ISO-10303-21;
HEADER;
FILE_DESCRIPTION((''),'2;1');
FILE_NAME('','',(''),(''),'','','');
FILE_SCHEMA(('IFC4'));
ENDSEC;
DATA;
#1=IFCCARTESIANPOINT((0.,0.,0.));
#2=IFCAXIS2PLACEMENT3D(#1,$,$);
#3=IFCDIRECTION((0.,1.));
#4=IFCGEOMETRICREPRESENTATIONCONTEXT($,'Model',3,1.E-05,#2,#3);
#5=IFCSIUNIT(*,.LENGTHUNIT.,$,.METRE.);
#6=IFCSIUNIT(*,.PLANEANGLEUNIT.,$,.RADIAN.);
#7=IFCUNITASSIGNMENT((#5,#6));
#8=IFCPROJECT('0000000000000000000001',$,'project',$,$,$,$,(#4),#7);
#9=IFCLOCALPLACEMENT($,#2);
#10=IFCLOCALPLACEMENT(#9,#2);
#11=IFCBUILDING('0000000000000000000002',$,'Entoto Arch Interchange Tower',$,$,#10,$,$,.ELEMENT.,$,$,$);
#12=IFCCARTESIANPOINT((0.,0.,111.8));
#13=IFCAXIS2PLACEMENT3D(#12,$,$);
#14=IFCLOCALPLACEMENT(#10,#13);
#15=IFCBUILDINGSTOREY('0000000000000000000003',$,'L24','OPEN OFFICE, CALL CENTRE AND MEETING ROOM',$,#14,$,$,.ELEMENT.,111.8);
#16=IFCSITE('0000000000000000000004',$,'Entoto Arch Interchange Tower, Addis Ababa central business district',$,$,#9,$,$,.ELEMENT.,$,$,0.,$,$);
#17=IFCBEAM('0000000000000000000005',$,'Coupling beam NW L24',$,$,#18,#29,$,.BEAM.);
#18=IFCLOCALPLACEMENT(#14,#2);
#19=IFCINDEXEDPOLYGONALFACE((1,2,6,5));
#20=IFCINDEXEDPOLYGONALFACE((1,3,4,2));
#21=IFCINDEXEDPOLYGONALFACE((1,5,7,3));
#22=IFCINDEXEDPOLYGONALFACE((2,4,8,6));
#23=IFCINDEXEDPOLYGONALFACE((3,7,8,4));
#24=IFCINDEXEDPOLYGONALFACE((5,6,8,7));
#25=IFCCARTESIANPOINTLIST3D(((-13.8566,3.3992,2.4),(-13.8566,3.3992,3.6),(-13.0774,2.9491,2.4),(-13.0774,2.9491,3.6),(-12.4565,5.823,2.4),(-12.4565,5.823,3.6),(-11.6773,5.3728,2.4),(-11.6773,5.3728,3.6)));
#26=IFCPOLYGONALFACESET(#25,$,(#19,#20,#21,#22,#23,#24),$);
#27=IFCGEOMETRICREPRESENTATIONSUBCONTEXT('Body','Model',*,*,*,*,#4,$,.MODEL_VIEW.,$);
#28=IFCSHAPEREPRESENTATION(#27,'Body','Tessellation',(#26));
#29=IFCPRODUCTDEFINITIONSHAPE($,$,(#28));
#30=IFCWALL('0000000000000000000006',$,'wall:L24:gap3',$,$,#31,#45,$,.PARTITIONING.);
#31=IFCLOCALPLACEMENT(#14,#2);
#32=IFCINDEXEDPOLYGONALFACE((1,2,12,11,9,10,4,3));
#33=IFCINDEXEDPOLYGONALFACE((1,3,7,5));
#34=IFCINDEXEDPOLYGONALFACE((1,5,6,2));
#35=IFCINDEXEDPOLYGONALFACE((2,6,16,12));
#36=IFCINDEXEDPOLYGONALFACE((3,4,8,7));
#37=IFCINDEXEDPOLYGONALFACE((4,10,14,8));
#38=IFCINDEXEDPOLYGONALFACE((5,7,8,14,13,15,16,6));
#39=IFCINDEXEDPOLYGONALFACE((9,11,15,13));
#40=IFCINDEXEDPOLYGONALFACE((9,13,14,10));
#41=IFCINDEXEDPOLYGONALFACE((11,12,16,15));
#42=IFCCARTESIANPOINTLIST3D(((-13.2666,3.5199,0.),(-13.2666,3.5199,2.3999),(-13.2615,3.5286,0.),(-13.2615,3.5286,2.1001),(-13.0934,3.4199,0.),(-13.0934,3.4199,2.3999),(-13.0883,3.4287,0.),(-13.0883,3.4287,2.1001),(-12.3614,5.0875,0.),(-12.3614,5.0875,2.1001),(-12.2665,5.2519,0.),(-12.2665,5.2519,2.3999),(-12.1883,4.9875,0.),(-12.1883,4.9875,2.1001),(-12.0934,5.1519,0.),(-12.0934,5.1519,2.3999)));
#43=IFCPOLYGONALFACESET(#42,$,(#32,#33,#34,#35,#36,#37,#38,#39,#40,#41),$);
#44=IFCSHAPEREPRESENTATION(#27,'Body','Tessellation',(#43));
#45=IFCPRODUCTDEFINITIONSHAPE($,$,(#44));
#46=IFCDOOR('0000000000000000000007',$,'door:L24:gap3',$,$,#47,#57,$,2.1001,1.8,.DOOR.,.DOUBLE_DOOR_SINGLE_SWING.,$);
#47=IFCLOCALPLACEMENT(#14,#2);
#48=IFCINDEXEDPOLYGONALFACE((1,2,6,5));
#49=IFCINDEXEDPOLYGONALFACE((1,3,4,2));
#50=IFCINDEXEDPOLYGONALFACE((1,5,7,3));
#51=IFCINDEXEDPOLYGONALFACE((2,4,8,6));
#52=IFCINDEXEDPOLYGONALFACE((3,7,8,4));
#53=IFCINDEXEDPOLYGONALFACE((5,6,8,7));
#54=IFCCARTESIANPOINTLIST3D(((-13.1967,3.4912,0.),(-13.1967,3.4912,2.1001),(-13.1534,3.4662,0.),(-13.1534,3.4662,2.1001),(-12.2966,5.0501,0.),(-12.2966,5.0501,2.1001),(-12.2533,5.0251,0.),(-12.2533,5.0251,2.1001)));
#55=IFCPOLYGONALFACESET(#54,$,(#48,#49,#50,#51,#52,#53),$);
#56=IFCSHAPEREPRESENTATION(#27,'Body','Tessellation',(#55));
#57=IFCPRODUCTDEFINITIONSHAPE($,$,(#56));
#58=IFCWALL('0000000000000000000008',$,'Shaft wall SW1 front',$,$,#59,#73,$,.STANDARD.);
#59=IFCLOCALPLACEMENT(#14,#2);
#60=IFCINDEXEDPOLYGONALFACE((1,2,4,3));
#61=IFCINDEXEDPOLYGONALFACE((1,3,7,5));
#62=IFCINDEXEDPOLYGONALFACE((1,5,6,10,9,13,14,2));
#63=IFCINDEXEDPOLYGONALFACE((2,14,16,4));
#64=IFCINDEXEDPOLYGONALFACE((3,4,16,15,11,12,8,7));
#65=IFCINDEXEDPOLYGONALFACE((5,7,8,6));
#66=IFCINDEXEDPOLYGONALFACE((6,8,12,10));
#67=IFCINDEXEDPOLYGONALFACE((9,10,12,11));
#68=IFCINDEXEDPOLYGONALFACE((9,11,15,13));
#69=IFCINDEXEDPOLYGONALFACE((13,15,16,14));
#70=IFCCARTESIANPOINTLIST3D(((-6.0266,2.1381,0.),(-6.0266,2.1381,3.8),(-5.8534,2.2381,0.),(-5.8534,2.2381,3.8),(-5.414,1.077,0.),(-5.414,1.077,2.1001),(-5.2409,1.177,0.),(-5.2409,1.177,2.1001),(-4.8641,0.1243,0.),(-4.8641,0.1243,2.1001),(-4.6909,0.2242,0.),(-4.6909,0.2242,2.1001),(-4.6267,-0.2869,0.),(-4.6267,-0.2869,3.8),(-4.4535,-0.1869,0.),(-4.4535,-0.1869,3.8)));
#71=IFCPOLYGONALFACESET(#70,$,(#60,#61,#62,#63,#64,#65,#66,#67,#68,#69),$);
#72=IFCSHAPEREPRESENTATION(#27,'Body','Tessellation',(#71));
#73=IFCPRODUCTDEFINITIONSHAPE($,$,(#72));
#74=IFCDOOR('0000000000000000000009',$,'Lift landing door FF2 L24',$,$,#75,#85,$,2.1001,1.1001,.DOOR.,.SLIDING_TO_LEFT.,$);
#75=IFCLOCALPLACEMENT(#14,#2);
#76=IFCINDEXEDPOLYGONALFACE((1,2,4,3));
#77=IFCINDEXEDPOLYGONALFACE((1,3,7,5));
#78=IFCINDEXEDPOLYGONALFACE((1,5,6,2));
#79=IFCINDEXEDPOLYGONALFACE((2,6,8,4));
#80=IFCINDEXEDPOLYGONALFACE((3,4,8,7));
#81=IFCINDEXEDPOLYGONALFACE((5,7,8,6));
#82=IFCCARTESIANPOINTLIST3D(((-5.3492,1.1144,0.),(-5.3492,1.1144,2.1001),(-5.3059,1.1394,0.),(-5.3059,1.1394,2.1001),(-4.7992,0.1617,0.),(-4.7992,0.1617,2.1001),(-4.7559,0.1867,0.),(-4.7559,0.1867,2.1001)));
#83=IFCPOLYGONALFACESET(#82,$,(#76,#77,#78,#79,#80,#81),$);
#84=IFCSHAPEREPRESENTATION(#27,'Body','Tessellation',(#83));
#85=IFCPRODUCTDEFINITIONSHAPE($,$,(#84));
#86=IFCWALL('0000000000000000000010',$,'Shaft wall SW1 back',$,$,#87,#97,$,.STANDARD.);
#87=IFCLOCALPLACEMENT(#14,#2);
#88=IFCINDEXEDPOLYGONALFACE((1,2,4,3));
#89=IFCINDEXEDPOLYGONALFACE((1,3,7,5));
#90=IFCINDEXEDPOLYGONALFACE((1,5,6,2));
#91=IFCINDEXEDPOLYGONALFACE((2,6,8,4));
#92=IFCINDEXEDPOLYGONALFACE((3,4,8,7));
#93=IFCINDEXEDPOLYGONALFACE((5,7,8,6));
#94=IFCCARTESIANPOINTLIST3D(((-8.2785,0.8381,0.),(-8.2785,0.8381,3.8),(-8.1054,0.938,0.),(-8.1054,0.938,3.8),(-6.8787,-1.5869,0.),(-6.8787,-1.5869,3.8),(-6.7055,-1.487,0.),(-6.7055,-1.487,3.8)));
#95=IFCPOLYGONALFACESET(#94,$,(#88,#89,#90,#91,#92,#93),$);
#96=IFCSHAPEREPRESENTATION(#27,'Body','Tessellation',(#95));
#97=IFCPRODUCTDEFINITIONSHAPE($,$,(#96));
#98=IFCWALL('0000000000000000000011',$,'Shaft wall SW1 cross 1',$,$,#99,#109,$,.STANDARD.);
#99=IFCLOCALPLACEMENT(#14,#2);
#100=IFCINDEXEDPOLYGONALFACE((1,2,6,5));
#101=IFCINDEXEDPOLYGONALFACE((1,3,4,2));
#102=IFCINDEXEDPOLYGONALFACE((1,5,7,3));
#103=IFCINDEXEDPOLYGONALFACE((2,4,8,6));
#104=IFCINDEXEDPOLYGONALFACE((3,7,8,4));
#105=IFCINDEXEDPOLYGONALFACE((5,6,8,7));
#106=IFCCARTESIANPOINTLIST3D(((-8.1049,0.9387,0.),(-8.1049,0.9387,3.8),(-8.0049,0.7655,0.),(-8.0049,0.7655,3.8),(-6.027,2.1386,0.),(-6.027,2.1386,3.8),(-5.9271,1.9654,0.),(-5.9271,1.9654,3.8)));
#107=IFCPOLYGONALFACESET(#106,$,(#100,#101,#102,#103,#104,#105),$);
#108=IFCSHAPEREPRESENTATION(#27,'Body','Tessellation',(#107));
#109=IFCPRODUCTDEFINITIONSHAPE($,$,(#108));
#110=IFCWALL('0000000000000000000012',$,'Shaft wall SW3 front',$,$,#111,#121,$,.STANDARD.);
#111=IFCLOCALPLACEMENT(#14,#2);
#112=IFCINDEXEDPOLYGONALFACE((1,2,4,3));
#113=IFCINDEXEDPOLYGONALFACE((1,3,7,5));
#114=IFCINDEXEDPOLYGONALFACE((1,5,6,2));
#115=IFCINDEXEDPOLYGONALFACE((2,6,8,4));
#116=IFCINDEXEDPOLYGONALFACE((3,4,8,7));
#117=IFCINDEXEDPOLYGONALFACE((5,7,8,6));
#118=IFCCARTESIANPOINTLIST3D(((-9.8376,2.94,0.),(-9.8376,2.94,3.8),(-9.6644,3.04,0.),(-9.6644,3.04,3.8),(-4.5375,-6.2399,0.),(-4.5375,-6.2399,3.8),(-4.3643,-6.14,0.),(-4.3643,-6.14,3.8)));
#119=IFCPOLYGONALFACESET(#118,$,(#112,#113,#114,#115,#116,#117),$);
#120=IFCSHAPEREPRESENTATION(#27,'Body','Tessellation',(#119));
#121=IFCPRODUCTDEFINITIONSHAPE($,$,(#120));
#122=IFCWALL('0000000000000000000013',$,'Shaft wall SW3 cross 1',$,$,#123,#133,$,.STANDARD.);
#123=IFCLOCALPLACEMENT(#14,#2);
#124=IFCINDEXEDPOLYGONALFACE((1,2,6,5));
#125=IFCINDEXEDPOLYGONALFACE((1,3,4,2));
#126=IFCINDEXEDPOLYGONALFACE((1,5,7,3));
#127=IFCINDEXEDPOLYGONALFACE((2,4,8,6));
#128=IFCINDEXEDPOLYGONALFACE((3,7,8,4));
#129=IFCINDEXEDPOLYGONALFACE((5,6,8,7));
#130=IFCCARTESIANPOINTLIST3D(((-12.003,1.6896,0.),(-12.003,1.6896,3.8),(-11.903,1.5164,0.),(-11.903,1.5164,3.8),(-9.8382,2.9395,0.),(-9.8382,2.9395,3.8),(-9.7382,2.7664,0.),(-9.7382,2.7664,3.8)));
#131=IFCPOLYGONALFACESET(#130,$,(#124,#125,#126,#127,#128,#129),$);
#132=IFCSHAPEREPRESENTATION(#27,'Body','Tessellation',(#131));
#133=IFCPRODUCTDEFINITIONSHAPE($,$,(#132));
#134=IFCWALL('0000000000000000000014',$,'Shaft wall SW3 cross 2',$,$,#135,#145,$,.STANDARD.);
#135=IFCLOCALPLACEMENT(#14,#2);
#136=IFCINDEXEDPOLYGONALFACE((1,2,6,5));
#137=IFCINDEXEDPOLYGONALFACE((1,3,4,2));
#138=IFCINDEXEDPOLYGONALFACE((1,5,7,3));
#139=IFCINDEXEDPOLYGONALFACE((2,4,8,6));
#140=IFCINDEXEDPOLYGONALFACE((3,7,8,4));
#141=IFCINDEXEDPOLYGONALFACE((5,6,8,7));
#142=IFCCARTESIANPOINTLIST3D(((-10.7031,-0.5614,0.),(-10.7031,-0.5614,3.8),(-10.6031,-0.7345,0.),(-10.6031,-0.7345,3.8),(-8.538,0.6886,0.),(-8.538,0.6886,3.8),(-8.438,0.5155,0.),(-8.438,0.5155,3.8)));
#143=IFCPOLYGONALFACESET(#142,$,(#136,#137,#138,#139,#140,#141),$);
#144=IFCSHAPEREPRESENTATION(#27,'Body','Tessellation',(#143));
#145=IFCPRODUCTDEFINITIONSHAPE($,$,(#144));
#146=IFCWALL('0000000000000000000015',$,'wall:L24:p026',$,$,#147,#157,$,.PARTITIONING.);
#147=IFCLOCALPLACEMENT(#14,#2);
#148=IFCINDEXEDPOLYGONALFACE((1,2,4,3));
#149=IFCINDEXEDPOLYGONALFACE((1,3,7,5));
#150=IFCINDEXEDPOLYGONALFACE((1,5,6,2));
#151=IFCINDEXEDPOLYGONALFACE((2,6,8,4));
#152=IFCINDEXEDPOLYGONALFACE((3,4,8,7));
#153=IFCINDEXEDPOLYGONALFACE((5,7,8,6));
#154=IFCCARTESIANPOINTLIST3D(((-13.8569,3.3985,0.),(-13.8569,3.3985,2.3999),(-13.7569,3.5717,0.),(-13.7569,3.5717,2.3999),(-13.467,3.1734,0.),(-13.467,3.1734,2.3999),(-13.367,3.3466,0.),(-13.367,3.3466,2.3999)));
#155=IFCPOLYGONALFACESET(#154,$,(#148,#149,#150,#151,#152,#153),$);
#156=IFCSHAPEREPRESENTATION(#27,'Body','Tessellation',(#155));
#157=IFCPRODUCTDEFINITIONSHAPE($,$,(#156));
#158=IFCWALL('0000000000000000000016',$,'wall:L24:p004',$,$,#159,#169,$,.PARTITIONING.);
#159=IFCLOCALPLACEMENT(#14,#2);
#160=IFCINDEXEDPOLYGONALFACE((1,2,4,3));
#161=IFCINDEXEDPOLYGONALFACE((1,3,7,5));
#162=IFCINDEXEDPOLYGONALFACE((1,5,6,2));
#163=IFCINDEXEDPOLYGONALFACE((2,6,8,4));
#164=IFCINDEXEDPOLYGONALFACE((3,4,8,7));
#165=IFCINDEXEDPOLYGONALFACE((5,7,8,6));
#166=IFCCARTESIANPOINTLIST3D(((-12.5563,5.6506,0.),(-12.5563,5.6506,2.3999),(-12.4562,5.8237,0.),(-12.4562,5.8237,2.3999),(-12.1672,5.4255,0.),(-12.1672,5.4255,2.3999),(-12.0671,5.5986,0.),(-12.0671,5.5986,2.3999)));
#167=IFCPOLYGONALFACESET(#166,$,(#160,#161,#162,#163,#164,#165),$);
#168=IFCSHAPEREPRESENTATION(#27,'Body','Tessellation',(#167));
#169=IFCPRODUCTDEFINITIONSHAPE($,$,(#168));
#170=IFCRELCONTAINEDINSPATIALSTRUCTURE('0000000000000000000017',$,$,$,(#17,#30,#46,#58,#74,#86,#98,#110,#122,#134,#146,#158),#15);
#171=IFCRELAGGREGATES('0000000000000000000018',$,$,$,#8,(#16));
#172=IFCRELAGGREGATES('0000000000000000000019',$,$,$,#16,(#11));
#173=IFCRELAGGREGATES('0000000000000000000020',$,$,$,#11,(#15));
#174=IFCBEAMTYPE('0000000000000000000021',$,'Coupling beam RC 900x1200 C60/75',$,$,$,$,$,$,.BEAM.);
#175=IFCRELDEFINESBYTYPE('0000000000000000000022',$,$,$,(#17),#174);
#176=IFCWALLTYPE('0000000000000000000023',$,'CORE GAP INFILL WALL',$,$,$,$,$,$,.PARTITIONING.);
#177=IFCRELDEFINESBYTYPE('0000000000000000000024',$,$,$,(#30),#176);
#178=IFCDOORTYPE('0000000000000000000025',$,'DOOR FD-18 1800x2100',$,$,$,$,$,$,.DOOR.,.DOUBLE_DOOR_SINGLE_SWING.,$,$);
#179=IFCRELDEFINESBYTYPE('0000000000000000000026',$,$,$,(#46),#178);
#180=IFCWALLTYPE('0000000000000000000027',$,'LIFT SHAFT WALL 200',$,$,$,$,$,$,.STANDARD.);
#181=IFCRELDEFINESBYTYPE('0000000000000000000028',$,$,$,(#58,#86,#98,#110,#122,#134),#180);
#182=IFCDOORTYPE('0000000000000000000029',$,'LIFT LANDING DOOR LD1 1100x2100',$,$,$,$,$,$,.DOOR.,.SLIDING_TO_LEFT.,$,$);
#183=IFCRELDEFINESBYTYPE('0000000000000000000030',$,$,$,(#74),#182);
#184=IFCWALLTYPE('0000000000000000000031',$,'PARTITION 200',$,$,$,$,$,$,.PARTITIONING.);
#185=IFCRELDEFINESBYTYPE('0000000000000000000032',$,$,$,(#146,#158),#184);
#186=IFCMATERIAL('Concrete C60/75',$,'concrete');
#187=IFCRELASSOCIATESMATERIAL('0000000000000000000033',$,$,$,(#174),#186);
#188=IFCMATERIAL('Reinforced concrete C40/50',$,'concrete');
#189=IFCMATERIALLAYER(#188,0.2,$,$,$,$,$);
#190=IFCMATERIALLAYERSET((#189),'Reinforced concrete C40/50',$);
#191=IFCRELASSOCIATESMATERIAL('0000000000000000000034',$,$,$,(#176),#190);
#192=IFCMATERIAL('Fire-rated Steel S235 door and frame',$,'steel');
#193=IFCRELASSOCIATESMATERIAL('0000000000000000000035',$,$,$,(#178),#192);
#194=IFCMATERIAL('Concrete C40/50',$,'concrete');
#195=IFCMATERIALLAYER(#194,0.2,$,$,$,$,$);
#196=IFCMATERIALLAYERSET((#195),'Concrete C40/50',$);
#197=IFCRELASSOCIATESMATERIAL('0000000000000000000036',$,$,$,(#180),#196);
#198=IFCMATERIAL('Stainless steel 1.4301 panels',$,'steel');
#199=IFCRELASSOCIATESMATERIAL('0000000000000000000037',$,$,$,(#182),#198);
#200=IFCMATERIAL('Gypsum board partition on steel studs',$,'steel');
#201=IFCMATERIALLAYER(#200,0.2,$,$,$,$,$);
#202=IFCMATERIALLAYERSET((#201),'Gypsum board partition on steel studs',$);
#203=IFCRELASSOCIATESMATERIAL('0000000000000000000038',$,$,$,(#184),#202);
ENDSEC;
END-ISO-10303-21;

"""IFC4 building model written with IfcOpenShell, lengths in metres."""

from ifc_helpers import new_model, si_unit, direction, frame, frame_2d, origin, origin_2d, place, context, subcontext, project, spatial, rectangle, extrude, material, layer, layer_set, material_profile, profile_set, type_object, element, fill, save


model = new_model("IFC4")

# Units and contexts
model_context = context("Model", 3, precision=1e-05, world=origin(), true_north=direction((0.0, 1.0)))
body_context = subcontext(model_context, "Body", "Model", "MODEL_VIEW")
ifc_project = project(units=[si_unit("LENGTHUNIT", "METRE"), si_unit("PLANEANGLEUNIT", "RADIAN")], contexts=[model_context])

# Site, building, storey
site_placement = place(None, origin())
site = spatial("IfcSite", under=ifc_project, at=site_placement, Name="Entoto Arch Interchange Tower, Addis Ababa central business district", CompositionType="ELEMENT", RefElevation=0.0)
building_placement = place(site_placement, origin())
building = spatial("IfcBuilding", under=site, at=building_placement, Name="Entoto Arch Interchange Tower", CompositionType="ELEMENT")
storey_placement = place(building_placement, frame((0.0, 0.0, 111.8)))
storey = spatial("IfcBuildingStorey", under=building, at=storey_placement, Name="L24", Description="OPEN OFFICE, CALL CENTRE AND MEETING ROOM", CompositionType="ELEMENT", Elevation=111.8)

# Beam
ifc_material_1 = material(Name="Concrete C60/75", Category="concrete")
ifc_material_profile = material_profile(ifc_material_1, rectangle(XDim=0.8999, YDim=1.2, at=origin_2d()))
ifc_profile_set = profile_set([ifc_material_profile], Name="Concrete C60/75")
beam_type = type_object("IfcBeamType", Name="Coupling beam RC 900x1200 C60/75", PredefinedType="BEAM", material=ifc_profile_set)
beam_placement = place(storey_placement, frame((-12.0669, 5.5979, 3.0), z_axis=(-0.500201, -0.86591, 0.0), x_axis=(0.86591, -0.500201, 0.0)))
element("IfcBeam", 1, at=beam_placement, inside=storey, type_object=beam_type, Name="Coupling beam NW L24", PredefinedType="BEAM", context=body_context, shape_type="SweptSolid", body=[
    extrude(rectangle(XDim=0.8999, YDim=1.2, at=origin_2d()), origin(), (0.0, 0.0, 1.0), 2.7991),
])

# Walls, openings, doors
ifc_material_2 = material(Name="Reinforced concrete C40/50", Category="concrete")
ifc_layer_1 = layer(ifc_material_2, 0.2)
ifc_layer_set_1 = layer_set([ifc_layer_1], Name="Reinforced concrete C40/50")
wall_type_1 = type_object("IfcWallType", Name="CORE GAP INFILL WALL", PredefinedType="PARTITIONING", material=ifc_layer_set_1)
wall_1_placement = place(storey_placement, frame((-12.1799, 5.2019, 0.0), z_axis=(0.0, 0.0, 1.0), x_axis=(-0.500025, -0.866011, 0.0)))
wall_1 = element("IfcWall", 2, at=wall_1_placement, inside=storey, type_object=wall_type_1, Name="wall:L24:gap3", PredefinedType="PARTITIONING", context=body_context, shape_type="SweptSolid", body=[
    extrude(rectangle(XDim=2.0, YDim=0.2, at=frame_2d((1.0, 0.0))), origin(), (0.0, 0.0, 1.0), 2.3999),
])
opening_1_placement = place(wall_1_placement, frame((0.1899, 0.0, 0.0)))
opening_1 = element("IfcOpeningElement", 3, at=opening_1_placement, cuts=wall_1, PredefinedType="OPENING", context=body_context, shape_type="SweptSolid", body=[
    extrude(rectangle(XDim=1.8, YDim=2.1001, at=frame_2d((0.8999, 1.05))), frame((0.0, 0.1099, 0.0), z_axis=(0.0, -1.0, 0.0), x_axis=(1.0, 0.0, 0.0)), (0.0, 0.0, 1.0), 0.22),
])
ifc_material_3 = material(Name="Fire-rated Steel S235 door and frame", Category="steel")
door_type_1 = type_object("IfcDoorType", Name="DOOR FD-18 1800x2100", OperationType="DOUBLE_DOOR_SINGLE_SWING", PredefinedType="DOOR", material=ifc_material_3)
door_1_placement = place(opening_1_placement, origin())
door_1 = element("IfcDoor", 4, at=door_1_placement, inside=storey, type_object=door_type_1, Name="door:L24:gap3", OperationType="DOUBLE_DOOR_SINGLE_SWING", OverallHeight=2.1001, OverallWidth=1.8, PredefinedType="DOOR", context=body_context, shape_type="SweptSolid", body=[
    extrude(rectangle(XDim=1.8, YDim=2.1001, at=frame_2d((0.8999, 1.05))), frame((0.0, 0.0249, 0.0), z_axis=(0.0, -1.0, 0.0), x_axis=(1.0, 0.0, 0.0)), (0.0, 0.0, 1.0), 0.05),
])
fill(opening_1, door_1)
ifc_material_4 = material(Name="Concrete C40/50", Category="concrete")
ifc_layer_2 = layer(ifc_material_4, 0.2)
ifc_layer_set_2 = layer_set([ifc_layer_2], Name="Concrete C40/50")
wall_type_2 = type_object("IfcWallType", Name="LIFT SHAFT WALL 200", PredefinedType="STANDARD", material=ifc_layer_set_2)
wall_2_placement = place(storey_placement, frame((-5.9399, 2.188, 0.0), z_axis=(0.0, 0.0, 1.0), x_axis=(0.499946, -0.866056, 0.0)))
wall_2 = element("IfcWall", 5, at=wall_2_placement, inside=storey, type_object=wall_type_2, Name="Shaft wall SW1 front", PredefinedType="STANDARD", context=body_context, shape_type="SweptSolid", body=[
    extrude(rectangle(XDim=2.8, YDim=0.2, at=frame_2d((1.3999, 0.0))), origin(), (0.0, 0.0, 1.0), 3.8),
])
opening_2_placement = place(wall_2_placement, frame((1.2251, 0.0, 0.0)))
opening_2 = element("IfcOpeningElement", 6, at=opening_2_placement, cuts=wall_2, PredefinedType="OPENING", context=body_context, shape_type="SweptSolid", body=[
    extrude(rectangle(XDim=1.1001, YDim=2.1001, at=frame_2d((0.55, 1.05))), frame((0.0, 0.1099, 0.0), z_axis=(0.0, -1.0, 0.0), x_axis=(1.0, 0.0, 0.0)), (0.0, 0.0, 1.0), 0.22),
])
ifc_material_5 = material(Name="Stainless steel 1.4301 panels", Category="steel")
door_type_2 = type_object("IfcDoorType", Name="LIFT LANDING DOOR LD1 1100x2100", OperationType="SLIDING_TO_LEFT", PredefinedType="DOOR", material=ifc_material_5)
door_2_placement = place(opening_2_placement, origin())
door_2 = element("IfcDoor", 7, at=door_2_placement, inside=storey, type_object=door_type_2, Name="Lift landing door FF2 L24", OperationType="SLIDING_TO_LEFT", OverallHeight=2.1001, OverallWidth=1.1001, PredefinedType="DOOR", context=body_context, shape_type="SweptSolid", body=[
    extrude(rectangle(XDim=1.1001, YDim=2.1001, at=frame_2d((0.55, 1.05))), frame((0.0, 0.0249, 0.0), z_axis=(0.0, -1.0, 0.0), x_axis=(1.0, 0.0, 0.0)), (0.0, 0.0, 1.0), 0.05),
])
fill(opening_2, door_2)

# Walls
wall_3_placement = place(storey_placement, frame((-8.1919, 0.8879, 0.0), z_axis=(0.0, 0.0, 1.0), x_axis=(0.499946, -0.866056, 0.0)))
element("IfcWall", 8, at=wall_3_placement, inside=storey, type_object=wall_type_2, Name="Shaft wall SW1 back", PredefinedType="STANDARD", context=body_context, shape_type="SweptSolid", body=[
    extrude(rectangle(XDim=2.8, YDim=0.2, at=frame_2d((1.3999, 0.0))), origin(), (0.0, 0.0, 1.0), 3.8),
])
wall_4_placement = place(storey_placement, frame((-5.9771, 2.052, 0.0), z_axis=(0.0, 0.0, 1.0), x_axis=(-0.865974, -0.500089, 0.0)))
element("IfcWall", 9, at=wall_4_placement, inside=storey, type_object=wall_type_2, Name="Shaft wall SW1 cross 1", PredefinedType="STANDARD", context=body_context, shape_type="SweptSolid", body=[
    extrude(rectangle(XDim=2.3994, YDim=0.2, at=frame_2d((1.1997, 0.0))), origin(), (0.0, 0.0, 1.0), 3.8),
])
wall_5_placement = place(storey_placement, frame((-9.751, 2.99, 0.0), z_axis=(0.0, 0.0, 1.0), x_axis=(0.500001, -0.866025, 0.0)))
element("IfcWall", 10, at=wall_5_placement, inside=storey, type_object=wall_type_2, Name="Shaft wall SW3 front", PredefinedType="STANDARD", context=body_context, shape_type="SweptSolid", body=[
    extrude(rectangle(XDim=10.6001, YDim=0.2, at=frame_2d((5.3, 0.0))), origin(), (0.0, 0.0, 1.0), 3.8),
])
wall_6_placement = place(storey_placement, frame((-9.7881, 2.853, 0.0), z_axis=(0.0, 0.0, 1.0), x_axis=(-0.865999, -0.500047, 0.0)))
element("IfcWall", 11, at=wall_6_placement, inside=storey, type_object=wall_type_2, Name="Shaft wall SW3 cross 1", PredefinedType="STANDARD", context=body_context, shape_type="SweptSolid", body=[
    extrude(rectangle(XDim=2.4998, YDim=0.2, at=frame_2d((1.25, 0.0))), origin(), (0.0, 0.0, 1.0), 3.8),
])
wall_7_placement = place(storey_placement, frame((-8.488, 0.6021, 0.0), z_axis=(0.0, 0.0, 1.0), x_axis=(-0.866023, -0.500004, 0.0)))
element("IfcWall", 12, at=wall_7_placement, inside=storey, type_object=wall_type_2, Name="Shaft wall SW3 cross 2", PredefinedType="STANDARD", context=body_context, shape_type="SweptSolid", body=[
    extrude(rectangle(XDim=2.5, YDim=0.2, at=frame_2d((1.25, 0.0))), origin(), (0.0, 0.0, 1.0), 3.8),
])
ifc_material_6 = material(Name="Gypsum board partition on steel studs", Category="steel")
ifc_layer_3 = layer(ifc_material_6, 0.2)
ifc_layer_set_3 = layer_set([ifc_layer_3], Name="Gypsum board partition on steel studs")
wall_type_3 = type_object("IfcWallType", Name="PARTITION 200", PredefinedType="PARTITIONING", material=ifc_layer_set_3)
wall_8_placement = place(storey_placement, frame((-13.417, 3.26, 0.0), z_axis=(0.0, 0.0, 1.0), x_axis=(-0.866032, 0.499988, 0.0)))
element("IfcWall", 13, at=wall_8_placement, inside=storey, type_object=wall_type_3, Name="wall:L24:p026", PredefinedType="PARTITIONING", context=body_context, shape_type="SweptSolid", body=[
    extrude(rectangle(XDim=0.4502, YDim=0.2, at=frame_2d((0.2251, 0.0))), origin(), (0.0, 0.0, 1.0), 2.3999),
])
wall_9_placement = place(storey_placement, frame((-12.5061, 5.7371, 0.0), z_axis=(0.0, 0.0, 1.0), x_axis=(0.865625, -0.500694, 0.0)))
element("IfcWall", 14, at=wall_9_placement, inside=storey, type_object=wall_type_3, Name="wall:L24:p004", PredefinedType="PARTITIONING", context=body_context, shape_type="SweptSolid", body=[
    extrude(rectangle(XDim=0.4495, YDim=0.2, at=frame_2d((0.2246, 0.0))), origin(), (0.0, 0.0, 1.0), 2.3999),
])

save(model, "model.ifc")
